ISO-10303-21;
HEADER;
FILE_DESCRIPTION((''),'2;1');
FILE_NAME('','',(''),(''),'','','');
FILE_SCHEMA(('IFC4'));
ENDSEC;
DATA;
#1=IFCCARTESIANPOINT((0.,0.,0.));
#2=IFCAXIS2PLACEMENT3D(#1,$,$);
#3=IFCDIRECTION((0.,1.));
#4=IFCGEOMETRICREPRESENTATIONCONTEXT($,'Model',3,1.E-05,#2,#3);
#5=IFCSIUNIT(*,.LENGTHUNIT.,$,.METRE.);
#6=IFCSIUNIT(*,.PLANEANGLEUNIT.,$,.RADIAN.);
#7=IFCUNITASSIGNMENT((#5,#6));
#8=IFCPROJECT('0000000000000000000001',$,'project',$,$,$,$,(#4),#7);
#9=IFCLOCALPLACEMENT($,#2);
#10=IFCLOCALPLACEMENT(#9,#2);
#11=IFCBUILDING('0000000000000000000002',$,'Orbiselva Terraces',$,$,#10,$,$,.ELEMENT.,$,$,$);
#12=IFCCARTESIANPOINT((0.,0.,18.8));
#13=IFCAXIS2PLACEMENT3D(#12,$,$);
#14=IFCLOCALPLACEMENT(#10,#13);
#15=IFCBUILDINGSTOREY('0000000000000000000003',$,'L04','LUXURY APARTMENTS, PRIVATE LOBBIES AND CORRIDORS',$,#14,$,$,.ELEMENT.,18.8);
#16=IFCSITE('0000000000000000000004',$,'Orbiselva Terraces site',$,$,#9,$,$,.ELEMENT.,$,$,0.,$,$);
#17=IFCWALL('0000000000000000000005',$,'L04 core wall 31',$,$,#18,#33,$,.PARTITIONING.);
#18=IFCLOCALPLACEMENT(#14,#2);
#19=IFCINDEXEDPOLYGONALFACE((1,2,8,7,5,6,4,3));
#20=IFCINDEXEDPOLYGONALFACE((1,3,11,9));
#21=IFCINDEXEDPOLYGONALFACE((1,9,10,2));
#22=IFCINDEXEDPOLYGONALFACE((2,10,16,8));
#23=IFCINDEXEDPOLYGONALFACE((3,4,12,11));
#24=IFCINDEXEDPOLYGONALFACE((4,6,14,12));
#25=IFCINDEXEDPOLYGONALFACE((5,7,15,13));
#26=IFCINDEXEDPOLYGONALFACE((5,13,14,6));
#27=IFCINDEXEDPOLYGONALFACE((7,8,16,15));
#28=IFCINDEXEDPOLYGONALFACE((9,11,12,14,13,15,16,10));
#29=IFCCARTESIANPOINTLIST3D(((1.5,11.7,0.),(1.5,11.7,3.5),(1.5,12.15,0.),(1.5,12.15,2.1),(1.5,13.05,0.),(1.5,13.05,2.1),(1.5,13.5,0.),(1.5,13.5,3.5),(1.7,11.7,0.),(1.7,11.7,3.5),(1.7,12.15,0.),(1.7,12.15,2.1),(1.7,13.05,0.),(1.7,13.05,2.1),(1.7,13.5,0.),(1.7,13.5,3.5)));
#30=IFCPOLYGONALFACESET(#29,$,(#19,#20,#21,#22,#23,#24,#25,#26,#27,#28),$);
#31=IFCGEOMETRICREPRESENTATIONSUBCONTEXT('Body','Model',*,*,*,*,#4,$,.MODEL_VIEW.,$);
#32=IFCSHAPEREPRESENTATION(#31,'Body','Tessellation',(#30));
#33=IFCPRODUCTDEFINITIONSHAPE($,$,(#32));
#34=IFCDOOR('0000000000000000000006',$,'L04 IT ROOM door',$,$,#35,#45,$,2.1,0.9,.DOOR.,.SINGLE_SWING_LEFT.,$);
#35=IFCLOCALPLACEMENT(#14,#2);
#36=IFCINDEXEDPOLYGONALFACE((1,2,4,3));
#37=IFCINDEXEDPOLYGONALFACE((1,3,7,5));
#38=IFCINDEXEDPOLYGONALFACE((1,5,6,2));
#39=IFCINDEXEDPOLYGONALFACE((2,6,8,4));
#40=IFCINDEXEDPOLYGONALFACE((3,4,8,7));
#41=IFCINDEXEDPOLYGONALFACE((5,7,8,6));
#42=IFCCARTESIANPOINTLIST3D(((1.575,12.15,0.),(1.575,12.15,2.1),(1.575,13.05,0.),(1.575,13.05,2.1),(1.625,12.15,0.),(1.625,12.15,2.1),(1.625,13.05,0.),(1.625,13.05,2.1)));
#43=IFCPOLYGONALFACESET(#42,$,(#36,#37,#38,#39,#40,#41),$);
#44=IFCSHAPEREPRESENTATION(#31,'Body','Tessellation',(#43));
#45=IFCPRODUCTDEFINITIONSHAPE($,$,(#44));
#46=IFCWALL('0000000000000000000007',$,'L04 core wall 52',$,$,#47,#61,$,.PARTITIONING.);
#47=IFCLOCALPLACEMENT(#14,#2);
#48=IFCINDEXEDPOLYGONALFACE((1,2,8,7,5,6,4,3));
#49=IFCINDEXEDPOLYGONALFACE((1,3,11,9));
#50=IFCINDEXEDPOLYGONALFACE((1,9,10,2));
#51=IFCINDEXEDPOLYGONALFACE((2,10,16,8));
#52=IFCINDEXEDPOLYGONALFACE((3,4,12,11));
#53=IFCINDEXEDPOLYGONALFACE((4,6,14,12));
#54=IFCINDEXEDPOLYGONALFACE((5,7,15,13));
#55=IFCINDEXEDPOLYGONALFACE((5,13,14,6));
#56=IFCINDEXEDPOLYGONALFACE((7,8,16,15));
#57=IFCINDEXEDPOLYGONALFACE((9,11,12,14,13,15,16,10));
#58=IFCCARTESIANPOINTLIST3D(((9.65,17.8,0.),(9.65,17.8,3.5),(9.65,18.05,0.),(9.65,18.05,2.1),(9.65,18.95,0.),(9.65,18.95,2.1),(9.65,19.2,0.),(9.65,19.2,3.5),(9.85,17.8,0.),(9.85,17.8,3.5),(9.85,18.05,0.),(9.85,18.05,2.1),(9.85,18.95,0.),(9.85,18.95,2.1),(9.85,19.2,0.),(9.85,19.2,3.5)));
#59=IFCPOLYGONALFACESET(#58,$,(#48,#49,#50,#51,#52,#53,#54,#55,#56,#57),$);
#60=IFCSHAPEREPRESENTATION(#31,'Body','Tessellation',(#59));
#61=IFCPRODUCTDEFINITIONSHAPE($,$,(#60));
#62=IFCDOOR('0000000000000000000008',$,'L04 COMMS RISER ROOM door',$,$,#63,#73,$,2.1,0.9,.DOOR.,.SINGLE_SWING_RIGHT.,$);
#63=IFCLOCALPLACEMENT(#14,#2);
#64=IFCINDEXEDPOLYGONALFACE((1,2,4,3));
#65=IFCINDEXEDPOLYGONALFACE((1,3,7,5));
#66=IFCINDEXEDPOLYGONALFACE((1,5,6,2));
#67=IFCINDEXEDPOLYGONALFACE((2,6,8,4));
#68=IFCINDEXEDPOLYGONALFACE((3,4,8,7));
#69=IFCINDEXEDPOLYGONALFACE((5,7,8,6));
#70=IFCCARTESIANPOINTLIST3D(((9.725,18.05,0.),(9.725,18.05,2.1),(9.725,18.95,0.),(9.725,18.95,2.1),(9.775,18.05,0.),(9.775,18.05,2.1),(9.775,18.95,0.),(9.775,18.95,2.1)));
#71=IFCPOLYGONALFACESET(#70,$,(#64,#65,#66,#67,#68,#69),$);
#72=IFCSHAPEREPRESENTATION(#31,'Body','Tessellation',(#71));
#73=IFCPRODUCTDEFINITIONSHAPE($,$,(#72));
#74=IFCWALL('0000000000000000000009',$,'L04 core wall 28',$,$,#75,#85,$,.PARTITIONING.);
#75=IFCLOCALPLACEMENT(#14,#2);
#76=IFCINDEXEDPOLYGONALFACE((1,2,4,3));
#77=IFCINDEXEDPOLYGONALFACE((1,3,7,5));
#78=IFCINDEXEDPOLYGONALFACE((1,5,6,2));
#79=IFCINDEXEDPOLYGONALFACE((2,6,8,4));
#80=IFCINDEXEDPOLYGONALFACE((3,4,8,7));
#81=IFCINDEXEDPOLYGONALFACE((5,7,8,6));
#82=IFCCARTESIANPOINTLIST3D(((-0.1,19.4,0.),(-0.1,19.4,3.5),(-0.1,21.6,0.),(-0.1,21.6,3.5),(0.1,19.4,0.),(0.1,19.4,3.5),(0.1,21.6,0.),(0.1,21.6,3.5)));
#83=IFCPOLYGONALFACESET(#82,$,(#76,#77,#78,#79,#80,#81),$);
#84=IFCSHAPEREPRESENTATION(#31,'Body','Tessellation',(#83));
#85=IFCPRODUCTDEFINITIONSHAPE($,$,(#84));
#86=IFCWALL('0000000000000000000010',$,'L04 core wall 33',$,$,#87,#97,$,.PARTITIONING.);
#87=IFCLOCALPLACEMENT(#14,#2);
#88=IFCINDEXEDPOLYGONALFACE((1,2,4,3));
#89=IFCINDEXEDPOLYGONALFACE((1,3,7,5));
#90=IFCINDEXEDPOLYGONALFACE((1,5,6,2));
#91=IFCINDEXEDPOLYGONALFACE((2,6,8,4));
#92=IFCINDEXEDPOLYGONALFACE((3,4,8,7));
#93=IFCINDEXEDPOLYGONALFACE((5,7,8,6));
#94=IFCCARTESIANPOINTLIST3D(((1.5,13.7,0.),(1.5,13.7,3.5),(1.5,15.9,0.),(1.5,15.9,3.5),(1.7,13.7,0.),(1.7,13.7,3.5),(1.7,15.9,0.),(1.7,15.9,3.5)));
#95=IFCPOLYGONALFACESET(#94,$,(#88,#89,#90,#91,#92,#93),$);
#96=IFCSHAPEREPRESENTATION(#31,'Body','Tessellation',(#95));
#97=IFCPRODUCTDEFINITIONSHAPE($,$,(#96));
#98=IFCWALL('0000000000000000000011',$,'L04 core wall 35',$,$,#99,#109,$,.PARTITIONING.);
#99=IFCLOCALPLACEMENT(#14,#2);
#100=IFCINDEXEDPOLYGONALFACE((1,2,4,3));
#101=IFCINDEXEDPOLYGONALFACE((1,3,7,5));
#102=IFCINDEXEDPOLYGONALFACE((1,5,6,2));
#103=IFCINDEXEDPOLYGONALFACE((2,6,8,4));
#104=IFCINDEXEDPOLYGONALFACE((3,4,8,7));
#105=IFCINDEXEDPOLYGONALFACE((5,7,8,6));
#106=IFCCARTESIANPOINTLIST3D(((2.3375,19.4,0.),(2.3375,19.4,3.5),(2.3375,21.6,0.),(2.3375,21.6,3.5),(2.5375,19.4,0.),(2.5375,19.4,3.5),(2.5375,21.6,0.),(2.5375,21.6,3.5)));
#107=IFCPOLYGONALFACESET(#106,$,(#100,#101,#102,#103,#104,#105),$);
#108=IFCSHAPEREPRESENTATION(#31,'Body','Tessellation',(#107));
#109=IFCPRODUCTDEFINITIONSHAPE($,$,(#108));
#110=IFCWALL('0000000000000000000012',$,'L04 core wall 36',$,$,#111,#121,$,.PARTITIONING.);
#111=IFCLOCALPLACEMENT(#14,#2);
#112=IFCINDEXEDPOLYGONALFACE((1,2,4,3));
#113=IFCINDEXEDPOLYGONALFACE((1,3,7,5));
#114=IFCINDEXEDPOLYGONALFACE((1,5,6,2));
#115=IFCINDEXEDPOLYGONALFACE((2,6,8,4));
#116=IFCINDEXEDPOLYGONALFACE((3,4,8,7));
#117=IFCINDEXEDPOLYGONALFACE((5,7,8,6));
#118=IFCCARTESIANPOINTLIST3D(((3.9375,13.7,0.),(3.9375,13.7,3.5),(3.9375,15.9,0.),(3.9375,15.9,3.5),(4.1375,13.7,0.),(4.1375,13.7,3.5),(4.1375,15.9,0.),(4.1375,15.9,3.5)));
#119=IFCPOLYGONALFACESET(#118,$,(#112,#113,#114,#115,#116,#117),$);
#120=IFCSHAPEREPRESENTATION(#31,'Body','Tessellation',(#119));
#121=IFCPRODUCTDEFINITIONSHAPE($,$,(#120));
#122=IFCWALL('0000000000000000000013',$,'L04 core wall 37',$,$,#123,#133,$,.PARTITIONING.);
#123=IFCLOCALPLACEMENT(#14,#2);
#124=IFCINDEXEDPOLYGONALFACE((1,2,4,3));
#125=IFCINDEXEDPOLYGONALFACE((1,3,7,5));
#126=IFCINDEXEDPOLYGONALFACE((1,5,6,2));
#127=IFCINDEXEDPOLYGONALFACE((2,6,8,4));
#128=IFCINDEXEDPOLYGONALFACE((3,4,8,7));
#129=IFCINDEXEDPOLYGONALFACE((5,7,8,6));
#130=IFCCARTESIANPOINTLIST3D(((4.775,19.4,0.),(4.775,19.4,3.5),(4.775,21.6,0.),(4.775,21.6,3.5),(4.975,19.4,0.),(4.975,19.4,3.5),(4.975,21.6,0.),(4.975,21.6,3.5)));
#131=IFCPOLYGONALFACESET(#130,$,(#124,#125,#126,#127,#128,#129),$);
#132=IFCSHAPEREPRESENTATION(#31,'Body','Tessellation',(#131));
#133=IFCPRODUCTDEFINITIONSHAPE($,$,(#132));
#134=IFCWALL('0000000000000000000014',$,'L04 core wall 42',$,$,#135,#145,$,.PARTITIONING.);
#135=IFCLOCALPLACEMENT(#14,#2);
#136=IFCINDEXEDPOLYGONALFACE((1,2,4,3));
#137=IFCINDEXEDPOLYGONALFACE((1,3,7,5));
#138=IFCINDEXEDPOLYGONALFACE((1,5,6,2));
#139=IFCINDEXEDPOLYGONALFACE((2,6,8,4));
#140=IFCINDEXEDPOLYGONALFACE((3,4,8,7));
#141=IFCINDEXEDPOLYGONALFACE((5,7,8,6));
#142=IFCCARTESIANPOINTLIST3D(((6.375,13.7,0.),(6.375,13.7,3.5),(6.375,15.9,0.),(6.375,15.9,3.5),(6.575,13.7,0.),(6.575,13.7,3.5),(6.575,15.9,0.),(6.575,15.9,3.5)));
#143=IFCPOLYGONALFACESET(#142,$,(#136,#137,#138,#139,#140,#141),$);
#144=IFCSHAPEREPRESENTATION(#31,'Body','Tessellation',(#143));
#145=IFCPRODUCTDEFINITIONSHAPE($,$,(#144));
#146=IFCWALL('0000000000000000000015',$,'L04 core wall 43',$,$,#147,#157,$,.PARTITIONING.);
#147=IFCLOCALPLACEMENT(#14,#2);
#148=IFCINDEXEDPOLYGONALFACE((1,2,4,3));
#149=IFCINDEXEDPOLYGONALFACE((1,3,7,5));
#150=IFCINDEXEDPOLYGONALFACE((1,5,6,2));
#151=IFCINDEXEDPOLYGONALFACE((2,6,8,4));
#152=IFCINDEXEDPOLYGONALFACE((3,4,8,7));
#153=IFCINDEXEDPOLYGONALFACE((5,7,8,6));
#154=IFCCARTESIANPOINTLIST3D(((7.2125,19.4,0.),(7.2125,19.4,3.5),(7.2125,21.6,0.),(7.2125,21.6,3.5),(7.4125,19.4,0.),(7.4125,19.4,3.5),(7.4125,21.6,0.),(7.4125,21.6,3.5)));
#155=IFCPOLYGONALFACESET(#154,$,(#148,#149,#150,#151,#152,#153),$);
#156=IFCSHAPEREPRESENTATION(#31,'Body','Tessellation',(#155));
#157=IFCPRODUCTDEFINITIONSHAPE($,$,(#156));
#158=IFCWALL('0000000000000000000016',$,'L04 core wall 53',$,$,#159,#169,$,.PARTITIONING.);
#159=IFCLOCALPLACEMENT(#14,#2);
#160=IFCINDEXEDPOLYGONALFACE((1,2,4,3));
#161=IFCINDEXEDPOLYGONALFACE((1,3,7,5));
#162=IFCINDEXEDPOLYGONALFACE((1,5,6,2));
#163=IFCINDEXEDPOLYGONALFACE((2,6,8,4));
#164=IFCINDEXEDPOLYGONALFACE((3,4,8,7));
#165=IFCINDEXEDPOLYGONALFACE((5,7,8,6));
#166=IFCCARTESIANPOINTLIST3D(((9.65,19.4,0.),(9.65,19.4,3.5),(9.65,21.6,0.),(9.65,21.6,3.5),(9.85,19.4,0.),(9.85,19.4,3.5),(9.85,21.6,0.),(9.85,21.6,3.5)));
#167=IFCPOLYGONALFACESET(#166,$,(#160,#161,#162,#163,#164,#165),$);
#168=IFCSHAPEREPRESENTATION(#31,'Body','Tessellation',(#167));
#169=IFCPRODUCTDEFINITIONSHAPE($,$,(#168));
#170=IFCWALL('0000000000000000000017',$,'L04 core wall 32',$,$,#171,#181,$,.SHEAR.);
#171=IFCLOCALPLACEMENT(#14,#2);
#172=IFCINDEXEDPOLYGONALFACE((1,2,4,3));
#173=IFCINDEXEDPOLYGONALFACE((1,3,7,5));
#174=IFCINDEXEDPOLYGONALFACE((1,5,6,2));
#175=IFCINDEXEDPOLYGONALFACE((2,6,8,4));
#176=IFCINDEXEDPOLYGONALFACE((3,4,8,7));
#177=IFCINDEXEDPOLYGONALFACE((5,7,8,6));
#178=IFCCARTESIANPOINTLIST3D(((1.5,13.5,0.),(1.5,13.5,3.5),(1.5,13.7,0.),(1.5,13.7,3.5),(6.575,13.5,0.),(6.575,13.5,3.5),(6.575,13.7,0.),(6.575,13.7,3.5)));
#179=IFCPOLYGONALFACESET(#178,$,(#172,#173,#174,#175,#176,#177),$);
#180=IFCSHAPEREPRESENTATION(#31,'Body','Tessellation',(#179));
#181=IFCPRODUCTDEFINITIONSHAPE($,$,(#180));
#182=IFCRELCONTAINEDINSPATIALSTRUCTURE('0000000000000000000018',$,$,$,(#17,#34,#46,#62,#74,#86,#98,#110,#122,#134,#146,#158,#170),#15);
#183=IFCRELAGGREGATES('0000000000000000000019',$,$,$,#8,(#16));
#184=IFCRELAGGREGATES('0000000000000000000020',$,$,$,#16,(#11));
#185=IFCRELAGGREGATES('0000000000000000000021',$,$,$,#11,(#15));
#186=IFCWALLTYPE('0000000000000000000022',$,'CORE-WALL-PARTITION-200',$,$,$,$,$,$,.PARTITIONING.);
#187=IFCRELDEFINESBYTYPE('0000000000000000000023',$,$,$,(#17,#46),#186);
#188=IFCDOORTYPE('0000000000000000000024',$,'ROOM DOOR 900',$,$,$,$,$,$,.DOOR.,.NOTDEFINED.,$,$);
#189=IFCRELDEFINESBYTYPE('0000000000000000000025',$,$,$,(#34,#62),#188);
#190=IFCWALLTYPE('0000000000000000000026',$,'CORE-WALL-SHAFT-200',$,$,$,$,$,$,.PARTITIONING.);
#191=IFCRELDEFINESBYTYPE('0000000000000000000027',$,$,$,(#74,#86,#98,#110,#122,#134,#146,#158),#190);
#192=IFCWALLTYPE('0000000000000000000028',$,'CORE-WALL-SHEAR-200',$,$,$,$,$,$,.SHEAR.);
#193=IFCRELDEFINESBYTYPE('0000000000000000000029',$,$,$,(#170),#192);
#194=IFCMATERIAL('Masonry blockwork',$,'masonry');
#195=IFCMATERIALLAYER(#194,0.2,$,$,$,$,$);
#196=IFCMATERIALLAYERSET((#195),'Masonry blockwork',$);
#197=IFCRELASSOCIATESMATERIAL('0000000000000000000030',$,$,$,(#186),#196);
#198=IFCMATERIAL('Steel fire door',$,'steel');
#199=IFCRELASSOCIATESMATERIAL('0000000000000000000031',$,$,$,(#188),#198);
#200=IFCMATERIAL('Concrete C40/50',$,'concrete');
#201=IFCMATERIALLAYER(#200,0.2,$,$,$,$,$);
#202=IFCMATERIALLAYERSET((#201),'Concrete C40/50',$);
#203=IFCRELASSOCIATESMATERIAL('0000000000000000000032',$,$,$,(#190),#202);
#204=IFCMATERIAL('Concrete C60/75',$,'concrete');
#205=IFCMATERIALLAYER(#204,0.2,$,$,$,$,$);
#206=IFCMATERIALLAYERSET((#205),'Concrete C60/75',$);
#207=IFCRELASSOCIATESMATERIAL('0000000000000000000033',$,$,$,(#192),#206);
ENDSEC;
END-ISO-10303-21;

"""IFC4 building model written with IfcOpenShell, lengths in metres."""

from ifc_helpers import new_model, si_unit, direction, frame, frame_2d, origin, place, context, subcontext, project, spatial, rectangle, extrude, material, layer, layer_set, type_object, element, fill, save


model = new_model("IFC4")

# Units and contexts
model_context = context("Model", 3, precision=1e-05, world=origin(), true_north=direction((0.0, 1.0)))
body_context = subcontext(model_context, "Body", "Model", "MODEL_VIEW")
ifc_project = project(units=[si_unit("LENGTHUNIT", "METRE"), si_unit("PLANEANGLEUNIT", "RADIAN")], contexts=[model_context])

# Site, building, storey
site_placement = place(None, origin())
site = spatial("IfcSite", under=ifc_project, at=site_placement, Name="Orbiselva Terraces site", CompositionType="ELEMENT", RefElevation=0.0)
building_placement = place(site_placement, origin())
building = spatial("IfcBuilding", under=site, at=building_placement, Name="Orbiselva Terraces", CompositionType="ELEMENT")
storey_placement = place(building_placement, frame((0.0, 0.0, 18.8)))
storey = spatial("IfcBuildingStorey", under=building, at=storey_placement, Name="L04", Description="LUXURY APARTMENTS, PRIVATE LOBBIES AND CORRIDORS", CompositionType="ELEMENT", Elevation=18.8)

# Walls, openings, doors
ifc_material_1 = material(Name="Masonry blockwork", Category="masonry")
ifc_layer_1 = layer(ifc_material_1, 0.2)
ifc_layer_set_1 = layer_set([ifc_layer_1], Name="Masonry blockwork")
wall_type_1 = type_object("IfcWallType", Name="CORE-WALL-PARTITION-200", PredefinedType="PARTITIONING", material=ifc_layer_set_1)
wall_1_placement = place(storey_placement, frame((1.6, 13.5, 0.0), z_axis=(0.0, 0.0, 1.0), x_axis=(0.0, -1.0, 0.0)))
wall_1 = element("IfcWall", 1, at=wall_1_placement, inside=storey, type_object=wall_type_1, Name="L04 core wall 31", PredefinedType="PARTITIONING", context=body_context, shape_type="SweptSolid", body=[
    extrude(rectangle(XDim=1.8, YDim=0.2, at=frame_2d((0.9, 0.0))), origin(), (0.0, 0.0, 1.0), 3.5),
])
opening_1_placement = place(wall_1_placement, frame((0.45, 0.0, 0.0)))
opening_1 = element("IfcOpeningElement", 2, at=opening_1_placement, cuts=wall_1, PredefinedType="OPENING", context=body_context, shape_type="SweptSolid", body=[
    extrude(rectangle(XDim=0.9, YDim=2.1, at=frame_2d((0.45, 1.05))), frame((0.0, 0.11, 0.0), z_axis=(0.0, -1.0, 0.0), x_axis=(1.0, 0.0, 0.0)), (0.0, 0.0, 1.0), 0.22),
])
ifc_material_2 = material(Name="Steel fire door", Category="steel")
door_type = type_object("IfcDoorType", Name="ROOM DOOR 900", OperationType="NOTDEFINED", PredefinedType="DOOR", material=ifc_material_2)
door_1_placement = place(opening_1_placement, origin())
door_1 = element("IfcDoor", 3, at=door_1_placement, inside=storey, type_object=door_type, Name="L04 IT ROOM door", OperationType="SINGLE_SWING_LEFT", OverallHeight=2.1, OverallWidth=0.9, PredefinedType="DOOR", context=body_context, shape_type="SweptSolid", body=[
    extrude(rectangle(XDim=0.9, YDim=2.1, at=frame_2d((0.45, 1.05))), frame((0.0, 0.025, 0.0), z_axis=(0.0, -1.0, 0.0), x_axis=(1.0, 0.0, 0.0)), (0.0, 0.0, 1.0), 0.05),
])
fill(opening_1, door_1)
wall_2_placement = place(storey_placement, frame((9.75, 19.2, 0.0), z_axis=(0.0, 0.0, 1.0), x_axis=(0.0, -1.0, 0.0)))
wall_2 = element("IfcWall", 4, at=wall_2_placement, inside=storey, type_object=wall_type_1, Name="L04 core wall 52", PredefinedType="PARTITIONING", context=body_context, shape_type="SweptSolid", body=[
    extrude(rectangle(XDim=1.4, YDim=0.2, at=frame_2d((0.7, 0.0))), origin(), (0.0, 0.0, 1.0), 3.5),
])
opening_2_placement = place(wall_2_placement, frame((0.25, 0.0, 0.0)))
opening_2 = element("IfcOpeningElement", 5, at=opening_2_placement, cuts=wall_2, PredefinedType="OPENING", context=body_context, shape_type="SweptSolid", body=[
    extrude(rectangle(XDim=0.9, YDim=2.1, at=frame_2d((0.45, 1.05))), frame((0.0, 0.11, 0.0), z_axis=(0.0, -1.0, 0.0), x_axis=(1.0, 0.0, 0.0)), (0.0, 0.0, 1.0), 0.22),
])
door_2_placement = place(opening_2_placement, origin())
door_2 = element("IfcDoor", 6, at=door_2_placement, inside=storey, type_object=door_type, Name="L04 COMMS RISER ROOM door", OperationType="SINGLE_SWING_RIGHT", OverallHeight=2.1, OverallWidth=0.9, PredefinedType="DOOR", context=body_context, shape_type="SweptSolid", body=[
    extrude(rectangle(XDim=0.9, YDim=2.1, at=frame_2d((0.45, 1.05))), frame((0.0, 0.025, 0.0), z_axis=(0.0, -1.0, 0.0), x_axis=(1.0, 0.0, 0.0)), (0.0, 0.0, 1.0), 0.05),
])
fill(opening_2, door_2)

# Walls
ifc_material_3 = material(Name="Concrete C40/50", Category="concrete")
ifc_layer_2 = layer(ifc_material_3, 0.2)
ifc_layer_set_2 = layer_set([ifc_layer_2], Name="Concrete C40/50")
wall_type_2 = type_object("IfcWallType", Name="CORE-WALL-SHAFT-200", PredefinedType="PARTITIONING", material=ifc_layer_set_2)
for number, where, z_axis, x_axis, name in (
    (7, (0.0, 19.4, 0.0), (0.0, 0.0, 1.0), (0.0, 1.0, 0.0), "L04 core wall 28"),
    (8, (1.6, 13.7, 0.0), (0.0, 0.0, 1.0), (0.0, 1.0, 0.0), "L04 core wall 33"),
    (9, (2.4375, 19.4, 0.0), (0.0, 0.0, 1.0), (0.0, 1.0, 0.0), "L04 core wall 35"),
    (10, (4.0375, 13.7, 0.0), (0.0, 0.0, 1.0), (0.0, 1.0, 0.0), "L04 core wall 36"),
    (11, (4.875, 19.4, 0.0), (0.0, 0.0, 1.0), (0.0, 1.0, 0.0), "L04 core wall 37"),
    (12, (6.475, 13.7, 0.0), (0.0, 0.0, 1.0), (0.0, 1.0, 0.0), "L04 core wall 42"),
    (13, (7.3125, 19.4, 0.0), (0.0, 0.0, 1.0), (0.0, 1.0, 0.0), "L04 core wall 43"),
    (14, (9.75, 19.4, 0.0), (0.0, 0.0, 1.0), (0.0, 1.0, 0.0), "L04 core wall 53"),
):
    element("IfcWall", number, at=place(storey_placement, frame(where, z_axis=z_axis, x_axis=x_axis)), inside=storey, type_object=wall_type_2, Name=name, PredefinedType="PARTITIONING", context=body_context, shape_type="SweptSolid", body=[
        extrude(rectangle(XDim=2.2, YDim=0.2, at=frame_2d((1.1, 0.0))), origin(), (0.0, 0.0, 1.0), 3.5),
    ])
ifc_material_4 = material(Name="Concrete C60/75", Category="concrete")
ifc_layer_3 = layer(ifc_material_4, 0.2)
ifc_layer_set_3 = layer_set([ifc_layer_3], Name="Concrete C60/75")
wall_type_3 = type_object("IfcWallType", Name="CORE-WALL-SHEAR-200", PredefinedType="SHEAR", material=ifc_layer_set_3)
wall_3_placement = place(storey_placement, frame((1.5, 13.6, 0.0), z_axis=(0.0, 0.0, 1.0), x_axis=(1.0, 0.0, 0.0)))
element("IfcWall", 15, at=wall_3_placement, inside=storey, type_object=wall_type_3, Name="L04 core wall 32", PredefinedType="SHEAR", context=body_context, shape_type="SweptSolid", body=[
    extrude(rectangle(XDim=5.075, YDim=0.2, at=frame_2d((2.5375, 0.0))), origin(), (0.0, 0.0, 1.0), 3.5),
])

save(model, "model.ifc")
